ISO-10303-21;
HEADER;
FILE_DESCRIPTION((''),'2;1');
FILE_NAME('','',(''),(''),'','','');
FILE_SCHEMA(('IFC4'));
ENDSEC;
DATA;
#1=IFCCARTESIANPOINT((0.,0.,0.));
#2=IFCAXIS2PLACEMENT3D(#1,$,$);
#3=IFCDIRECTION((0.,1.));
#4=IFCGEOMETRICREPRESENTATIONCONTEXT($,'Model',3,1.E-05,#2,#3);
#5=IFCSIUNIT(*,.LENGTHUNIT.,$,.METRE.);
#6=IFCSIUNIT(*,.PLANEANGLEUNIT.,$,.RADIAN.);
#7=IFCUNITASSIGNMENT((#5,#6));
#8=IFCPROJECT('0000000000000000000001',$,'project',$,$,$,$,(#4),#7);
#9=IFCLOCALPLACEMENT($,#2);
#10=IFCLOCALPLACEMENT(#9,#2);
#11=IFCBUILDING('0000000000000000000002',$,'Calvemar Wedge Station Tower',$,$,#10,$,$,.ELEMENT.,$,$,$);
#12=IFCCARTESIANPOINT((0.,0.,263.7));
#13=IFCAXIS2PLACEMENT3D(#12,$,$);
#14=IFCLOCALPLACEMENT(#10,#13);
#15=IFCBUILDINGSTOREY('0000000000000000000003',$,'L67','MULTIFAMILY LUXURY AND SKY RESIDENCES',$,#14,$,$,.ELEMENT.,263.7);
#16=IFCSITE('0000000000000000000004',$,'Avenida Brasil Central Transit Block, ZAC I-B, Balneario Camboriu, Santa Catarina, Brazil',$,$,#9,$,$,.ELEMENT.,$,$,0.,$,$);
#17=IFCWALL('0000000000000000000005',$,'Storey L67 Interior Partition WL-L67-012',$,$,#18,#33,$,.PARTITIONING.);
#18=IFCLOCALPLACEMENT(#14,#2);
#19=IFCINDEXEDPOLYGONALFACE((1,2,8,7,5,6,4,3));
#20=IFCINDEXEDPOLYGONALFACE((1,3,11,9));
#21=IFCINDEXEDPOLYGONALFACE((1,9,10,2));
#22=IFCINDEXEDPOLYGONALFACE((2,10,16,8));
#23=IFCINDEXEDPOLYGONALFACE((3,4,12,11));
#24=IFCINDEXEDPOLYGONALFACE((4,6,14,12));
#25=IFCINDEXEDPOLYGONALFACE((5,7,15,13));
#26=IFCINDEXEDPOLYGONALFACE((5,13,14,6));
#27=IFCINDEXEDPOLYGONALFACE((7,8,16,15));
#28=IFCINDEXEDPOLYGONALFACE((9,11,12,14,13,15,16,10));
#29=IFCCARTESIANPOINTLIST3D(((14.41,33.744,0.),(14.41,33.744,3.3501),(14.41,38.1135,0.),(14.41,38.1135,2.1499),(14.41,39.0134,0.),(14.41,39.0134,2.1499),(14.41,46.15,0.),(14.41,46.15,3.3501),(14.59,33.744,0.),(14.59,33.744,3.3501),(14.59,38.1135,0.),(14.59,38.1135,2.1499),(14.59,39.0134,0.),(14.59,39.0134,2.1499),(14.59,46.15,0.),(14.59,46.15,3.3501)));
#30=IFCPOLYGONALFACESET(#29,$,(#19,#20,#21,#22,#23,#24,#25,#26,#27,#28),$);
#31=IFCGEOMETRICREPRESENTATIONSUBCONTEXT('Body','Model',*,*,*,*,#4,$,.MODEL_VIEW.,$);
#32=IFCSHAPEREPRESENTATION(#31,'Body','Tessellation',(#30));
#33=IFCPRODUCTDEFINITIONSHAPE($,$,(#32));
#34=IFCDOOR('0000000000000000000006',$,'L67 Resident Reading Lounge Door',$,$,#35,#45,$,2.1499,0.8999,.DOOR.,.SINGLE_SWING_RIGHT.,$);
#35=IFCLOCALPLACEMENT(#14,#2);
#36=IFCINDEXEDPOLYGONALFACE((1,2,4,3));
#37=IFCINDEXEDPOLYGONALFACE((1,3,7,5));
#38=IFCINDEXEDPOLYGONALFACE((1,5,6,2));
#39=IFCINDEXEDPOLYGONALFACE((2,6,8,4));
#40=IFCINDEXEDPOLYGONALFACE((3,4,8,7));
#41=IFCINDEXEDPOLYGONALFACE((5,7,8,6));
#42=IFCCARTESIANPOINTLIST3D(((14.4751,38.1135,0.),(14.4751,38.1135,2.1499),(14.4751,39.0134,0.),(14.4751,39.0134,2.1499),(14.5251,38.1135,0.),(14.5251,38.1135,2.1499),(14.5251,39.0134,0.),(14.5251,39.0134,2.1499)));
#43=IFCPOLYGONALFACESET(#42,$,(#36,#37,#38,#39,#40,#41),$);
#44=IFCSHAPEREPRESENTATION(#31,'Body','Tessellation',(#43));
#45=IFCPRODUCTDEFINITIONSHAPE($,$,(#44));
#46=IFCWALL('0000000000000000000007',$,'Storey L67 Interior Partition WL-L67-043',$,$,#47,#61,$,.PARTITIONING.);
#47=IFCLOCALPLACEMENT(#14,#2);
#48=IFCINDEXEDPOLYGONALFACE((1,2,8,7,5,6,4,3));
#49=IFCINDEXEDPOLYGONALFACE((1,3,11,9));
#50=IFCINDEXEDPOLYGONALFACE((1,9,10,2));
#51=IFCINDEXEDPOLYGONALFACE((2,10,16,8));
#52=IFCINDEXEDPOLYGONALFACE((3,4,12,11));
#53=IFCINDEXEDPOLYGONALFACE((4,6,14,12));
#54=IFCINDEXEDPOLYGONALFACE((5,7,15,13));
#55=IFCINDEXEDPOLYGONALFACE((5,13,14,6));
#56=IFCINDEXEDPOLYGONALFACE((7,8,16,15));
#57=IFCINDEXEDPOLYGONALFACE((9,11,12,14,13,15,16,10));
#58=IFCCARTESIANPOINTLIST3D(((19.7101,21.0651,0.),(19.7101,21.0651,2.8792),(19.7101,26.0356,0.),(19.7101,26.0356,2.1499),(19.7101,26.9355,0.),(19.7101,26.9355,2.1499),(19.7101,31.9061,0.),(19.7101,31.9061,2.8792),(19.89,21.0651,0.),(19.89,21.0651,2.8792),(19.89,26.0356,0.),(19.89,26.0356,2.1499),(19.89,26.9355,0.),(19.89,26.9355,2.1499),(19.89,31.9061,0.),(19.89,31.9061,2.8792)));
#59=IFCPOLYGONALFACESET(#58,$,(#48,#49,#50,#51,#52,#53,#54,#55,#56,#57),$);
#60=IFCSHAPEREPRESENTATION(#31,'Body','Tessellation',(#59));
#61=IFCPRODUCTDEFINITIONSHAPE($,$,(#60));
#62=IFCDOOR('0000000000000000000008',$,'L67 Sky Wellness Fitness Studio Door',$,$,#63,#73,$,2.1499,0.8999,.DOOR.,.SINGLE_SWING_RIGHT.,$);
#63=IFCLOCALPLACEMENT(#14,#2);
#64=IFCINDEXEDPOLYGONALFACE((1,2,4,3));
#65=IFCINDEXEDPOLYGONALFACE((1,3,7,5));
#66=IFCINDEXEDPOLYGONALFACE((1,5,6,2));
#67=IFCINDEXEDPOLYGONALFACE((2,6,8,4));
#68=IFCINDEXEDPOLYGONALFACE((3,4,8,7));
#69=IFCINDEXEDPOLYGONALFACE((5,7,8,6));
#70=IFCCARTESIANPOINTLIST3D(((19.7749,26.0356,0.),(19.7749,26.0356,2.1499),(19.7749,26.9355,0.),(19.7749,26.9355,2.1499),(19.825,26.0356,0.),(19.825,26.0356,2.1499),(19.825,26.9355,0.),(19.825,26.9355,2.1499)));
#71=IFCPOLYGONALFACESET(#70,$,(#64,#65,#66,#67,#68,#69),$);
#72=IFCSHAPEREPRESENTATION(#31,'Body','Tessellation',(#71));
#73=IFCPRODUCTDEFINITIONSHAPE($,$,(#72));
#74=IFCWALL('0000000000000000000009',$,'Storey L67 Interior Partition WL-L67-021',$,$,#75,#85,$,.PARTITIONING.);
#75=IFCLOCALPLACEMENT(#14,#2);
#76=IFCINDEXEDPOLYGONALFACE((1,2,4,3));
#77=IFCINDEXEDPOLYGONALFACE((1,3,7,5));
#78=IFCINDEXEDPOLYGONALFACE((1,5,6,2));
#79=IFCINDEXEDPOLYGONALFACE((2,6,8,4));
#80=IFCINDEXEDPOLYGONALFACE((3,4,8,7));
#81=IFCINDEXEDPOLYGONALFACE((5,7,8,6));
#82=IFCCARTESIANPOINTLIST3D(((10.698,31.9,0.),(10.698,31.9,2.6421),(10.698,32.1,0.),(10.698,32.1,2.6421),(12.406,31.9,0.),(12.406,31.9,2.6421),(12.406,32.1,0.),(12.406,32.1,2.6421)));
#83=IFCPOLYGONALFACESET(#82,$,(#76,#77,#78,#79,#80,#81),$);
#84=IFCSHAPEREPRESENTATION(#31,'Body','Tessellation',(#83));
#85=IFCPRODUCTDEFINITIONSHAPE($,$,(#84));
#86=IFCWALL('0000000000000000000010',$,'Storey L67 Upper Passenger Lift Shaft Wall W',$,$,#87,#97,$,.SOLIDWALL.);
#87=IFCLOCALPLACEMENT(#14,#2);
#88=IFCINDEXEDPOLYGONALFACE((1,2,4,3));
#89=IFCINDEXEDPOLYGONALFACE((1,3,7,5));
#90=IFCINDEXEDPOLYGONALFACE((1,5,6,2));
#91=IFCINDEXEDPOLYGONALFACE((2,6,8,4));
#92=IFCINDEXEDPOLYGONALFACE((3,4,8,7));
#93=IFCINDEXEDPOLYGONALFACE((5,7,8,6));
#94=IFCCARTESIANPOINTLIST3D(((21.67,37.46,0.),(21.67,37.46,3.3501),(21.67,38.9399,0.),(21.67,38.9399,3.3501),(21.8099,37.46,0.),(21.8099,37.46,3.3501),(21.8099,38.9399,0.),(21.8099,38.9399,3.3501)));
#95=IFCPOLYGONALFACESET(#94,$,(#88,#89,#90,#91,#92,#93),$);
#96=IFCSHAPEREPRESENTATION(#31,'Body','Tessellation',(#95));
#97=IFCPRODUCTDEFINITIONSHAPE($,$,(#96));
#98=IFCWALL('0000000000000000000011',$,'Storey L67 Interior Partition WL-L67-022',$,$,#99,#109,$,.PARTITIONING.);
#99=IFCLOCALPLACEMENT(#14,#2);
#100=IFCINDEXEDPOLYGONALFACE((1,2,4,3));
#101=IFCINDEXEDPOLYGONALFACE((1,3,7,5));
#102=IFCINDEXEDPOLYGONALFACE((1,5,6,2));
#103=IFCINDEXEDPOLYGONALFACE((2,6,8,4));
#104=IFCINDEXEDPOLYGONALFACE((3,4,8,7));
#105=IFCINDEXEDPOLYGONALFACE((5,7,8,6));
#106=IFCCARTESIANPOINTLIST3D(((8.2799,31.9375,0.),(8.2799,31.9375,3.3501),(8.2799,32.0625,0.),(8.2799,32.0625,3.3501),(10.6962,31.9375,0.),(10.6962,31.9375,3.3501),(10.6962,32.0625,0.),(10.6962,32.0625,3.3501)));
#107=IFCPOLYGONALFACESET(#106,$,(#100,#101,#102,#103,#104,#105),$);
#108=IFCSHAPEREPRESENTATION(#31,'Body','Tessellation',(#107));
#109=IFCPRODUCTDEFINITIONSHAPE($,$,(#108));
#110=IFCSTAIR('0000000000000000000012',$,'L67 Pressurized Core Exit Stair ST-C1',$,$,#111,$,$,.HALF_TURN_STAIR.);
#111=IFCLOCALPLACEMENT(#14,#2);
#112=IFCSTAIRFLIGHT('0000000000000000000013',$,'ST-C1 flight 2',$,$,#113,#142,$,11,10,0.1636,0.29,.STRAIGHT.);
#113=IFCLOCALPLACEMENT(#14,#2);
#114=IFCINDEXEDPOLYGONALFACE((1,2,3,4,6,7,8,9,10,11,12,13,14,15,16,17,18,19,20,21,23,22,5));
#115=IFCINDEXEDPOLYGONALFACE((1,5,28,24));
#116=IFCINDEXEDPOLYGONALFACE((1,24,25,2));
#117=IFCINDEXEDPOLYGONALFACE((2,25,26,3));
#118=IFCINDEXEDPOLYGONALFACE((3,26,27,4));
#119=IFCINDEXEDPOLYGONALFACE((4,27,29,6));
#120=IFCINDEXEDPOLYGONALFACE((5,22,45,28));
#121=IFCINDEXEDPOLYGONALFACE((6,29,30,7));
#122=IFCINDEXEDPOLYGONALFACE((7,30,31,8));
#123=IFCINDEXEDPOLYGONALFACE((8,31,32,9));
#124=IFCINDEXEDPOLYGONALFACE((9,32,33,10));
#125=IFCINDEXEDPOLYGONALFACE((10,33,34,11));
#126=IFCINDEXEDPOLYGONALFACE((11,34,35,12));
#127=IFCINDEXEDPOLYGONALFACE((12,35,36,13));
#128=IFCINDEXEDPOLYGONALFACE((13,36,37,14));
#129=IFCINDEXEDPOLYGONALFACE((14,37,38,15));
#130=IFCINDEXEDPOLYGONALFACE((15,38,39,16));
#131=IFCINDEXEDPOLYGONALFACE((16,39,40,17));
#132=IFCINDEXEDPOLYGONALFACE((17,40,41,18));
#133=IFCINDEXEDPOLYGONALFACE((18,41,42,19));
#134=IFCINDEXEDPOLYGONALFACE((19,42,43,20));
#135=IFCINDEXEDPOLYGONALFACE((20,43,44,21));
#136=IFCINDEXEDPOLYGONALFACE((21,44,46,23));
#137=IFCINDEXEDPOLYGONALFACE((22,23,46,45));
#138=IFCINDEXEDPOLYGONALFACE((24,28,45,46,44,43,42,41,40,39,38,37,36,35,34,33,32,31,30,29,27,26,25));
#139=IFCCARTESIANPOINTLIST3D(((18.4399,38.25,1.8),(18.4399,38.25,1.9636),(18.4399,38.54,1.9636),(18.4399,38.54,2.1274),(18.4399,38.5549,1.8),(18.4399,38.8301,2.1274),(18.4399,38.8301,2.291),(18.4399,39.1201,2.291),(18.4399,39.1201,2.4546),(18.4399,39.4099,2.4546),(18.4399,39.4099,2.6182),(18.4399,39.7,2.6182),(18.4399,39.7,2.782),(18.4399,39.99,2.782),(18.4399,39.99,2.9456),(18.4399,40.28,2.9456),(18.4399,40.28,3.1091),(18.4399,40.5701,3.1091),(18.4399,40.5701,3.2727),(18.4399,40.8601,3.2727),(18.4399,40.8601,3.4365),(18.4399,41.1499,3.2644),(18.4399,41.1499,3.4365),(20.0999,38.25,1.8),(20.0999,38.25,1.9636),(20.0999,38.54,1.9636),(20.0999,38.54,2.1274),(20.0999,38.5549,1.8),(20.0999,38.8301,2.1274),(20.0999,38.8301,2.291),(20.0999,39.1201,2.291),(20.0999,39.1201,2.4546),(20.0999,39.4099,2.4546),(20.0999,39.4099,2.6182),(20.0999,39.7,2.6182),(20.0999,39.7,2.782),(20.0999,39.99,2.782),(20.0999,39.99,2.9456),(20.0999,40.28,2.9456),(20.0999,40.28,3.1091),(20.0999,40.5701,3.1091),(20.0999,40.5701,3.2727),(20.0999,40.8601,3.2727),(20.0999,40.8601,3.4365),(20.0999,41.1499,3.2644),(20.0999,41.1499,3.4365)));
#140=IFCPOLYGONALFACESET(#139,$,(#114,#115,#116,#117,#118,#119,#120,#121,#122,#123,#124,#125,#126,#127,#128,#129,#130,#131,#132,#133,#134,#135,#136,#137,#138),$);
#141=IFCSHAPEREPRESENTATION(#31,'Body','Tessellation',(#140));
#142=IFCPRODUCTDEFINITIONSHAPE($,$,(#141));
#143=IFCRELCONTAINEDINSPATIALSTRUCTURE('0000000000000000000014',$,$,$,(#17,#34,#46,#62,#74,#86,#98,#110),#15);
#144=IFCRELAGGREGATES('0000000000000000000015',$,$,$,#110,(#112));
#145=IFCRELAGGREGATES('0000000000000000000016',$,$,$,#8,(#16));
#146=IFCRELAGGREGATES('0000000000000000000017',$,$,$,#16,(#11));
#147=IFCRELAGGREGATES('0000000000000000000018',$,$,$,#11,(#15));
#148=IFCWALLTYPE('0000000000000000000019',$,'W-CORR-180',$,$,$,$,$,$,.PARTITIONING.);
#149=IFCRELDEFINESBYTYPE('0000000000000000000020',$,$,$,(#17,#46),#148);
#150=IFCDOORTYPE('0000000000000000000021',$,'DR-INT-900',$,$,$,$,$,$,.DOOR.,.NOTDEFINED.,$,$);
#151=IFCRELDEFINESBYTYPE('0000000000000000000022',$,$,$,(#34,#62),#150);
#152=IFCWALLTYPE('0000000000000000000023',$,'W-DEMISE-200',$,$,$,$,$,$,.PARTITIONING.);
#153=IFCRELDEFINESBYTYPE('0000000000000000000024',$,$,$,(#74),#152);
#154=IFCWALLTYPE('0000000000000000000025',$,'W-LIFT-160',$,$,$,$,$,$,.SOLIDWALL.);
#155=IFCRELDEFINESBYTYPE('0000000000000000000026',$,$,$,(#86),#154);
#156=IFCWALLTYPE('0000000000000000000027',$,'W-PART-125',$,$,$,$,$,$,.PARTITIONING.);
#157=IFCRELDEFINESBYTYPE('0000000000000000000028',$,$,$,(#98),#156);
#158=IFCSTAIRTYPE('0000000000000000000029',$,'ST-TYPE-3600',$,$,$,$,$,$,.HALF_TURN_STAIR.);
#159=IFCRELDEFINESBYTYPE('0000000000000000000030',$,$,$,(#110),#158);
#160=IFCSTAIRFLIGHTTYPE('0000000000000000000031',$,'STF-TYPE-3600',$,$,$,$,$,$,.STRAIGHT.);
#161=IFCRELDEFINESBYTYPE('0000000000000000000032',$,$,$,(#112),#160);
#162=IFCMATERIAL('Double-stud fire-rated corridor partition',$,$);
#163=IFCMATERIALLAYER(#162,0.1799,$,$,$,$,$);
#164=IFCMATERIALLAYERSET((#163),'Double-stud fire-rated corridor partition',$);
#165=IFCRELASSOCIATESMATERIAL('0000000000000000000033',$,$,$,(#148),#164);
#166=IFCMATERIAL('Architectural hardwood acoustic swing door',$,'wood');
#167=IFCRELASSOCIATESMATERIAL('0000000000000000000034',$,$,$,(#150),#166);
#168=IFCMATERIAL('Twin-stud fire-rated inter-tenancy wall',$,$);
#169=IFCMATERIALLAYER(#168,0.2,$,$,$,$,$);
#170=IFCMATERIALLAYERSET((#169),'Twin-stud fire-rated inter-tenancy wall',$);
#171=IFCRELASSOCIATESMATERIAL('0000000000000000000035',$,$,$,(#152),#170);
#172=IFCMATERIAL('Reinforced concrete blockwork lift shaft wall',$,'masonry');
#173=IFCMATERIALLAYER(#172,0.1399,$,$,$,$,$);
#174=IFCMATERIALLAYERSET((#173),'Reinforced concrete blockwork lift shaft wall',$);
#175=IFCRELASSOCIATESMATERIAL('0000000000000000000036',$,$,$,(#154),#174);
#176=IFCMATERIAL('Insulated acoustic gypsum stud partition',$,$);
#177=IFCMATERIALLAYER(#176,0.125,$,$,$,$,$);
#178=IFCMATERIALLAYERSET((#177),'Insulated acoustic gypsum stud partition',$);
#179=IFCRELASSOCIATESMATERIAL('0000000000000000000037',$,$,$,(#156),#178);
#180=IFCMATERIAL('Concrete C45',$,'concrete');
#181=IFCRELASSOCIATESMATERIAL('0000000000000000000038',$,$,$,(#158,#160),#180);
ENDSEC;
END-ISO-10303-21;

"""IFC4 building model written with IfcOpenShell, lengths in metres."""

from ifc_helpers import new_model, si_unit, direction, frame, frame_2d, origin, place, context, subcontext, project, spatial, polyline, rectangle, outline, extrude, source, transform, mapped, material, layer, layer_set, type_object, element, fill, aggregate, save


model = new_model("IFC4")

# Units and contexts
model_context = context("Model", 3, precision=1e-05, world=origin(), true_north=direction((0.0, 1.0)))
body_context = subcontext(model_context, "Body", "Model", "MODEL_VIEW")
ifc_project = project(units=[si_unit("LENGTHUNIT", "METRE"), si_unit("PLANEANGLEUNIT", "RADIAN")], contexts=[model_context])

# Site, building, storey
site_placement = place(None, origin())
site = spatial("IfcSite", under=ifc_project, at=site_placement, Name="Avenida Brasil Central Transit Block, ZAC I-B, Balneario Camboriu, Santa Catarina, Brazil", CompositionType="ELEMENT", RefElevation=0.0)
building_placement = place(site_placement, origin())
building = spatial("IfcBuilding", under=site, at=building_placement, Name="Calvemar Wedge Station Tower", CompositionType="ELEMENT")
storey_placement = place(building_placement, frame((0.0, 0.0, 263.7)))
storey = spatial("IfcBuildingStorey", under=building, at=storey_placement, Name="L67", Description="MULTIFAMILY LUXURY AND SKY RESIDENCES", CompositionType="ELEMENT", Elevation=263.7)

# Shared definitions
ifc_material_1 = material(Name="Double-stud fire-rated corridor partition")
ifc_layer_1 = layer(ifc_material_1, 0.1799)
ifc_layer_set_1 = layer_set([ifc_layer_1], Name="Double-stud fire-rated corridor partition")
wall_type_1 = type_object("IfcWallType", Name="W-CORR-180", PredefinedType="PARTITIONING", material=ifc_layer_set_1)

# Shared definitions
shared_shape_1 = source(origin(), body_context, "Body", "SweptSolid", [
    extrude(rectangle(XDim=0.8999, YDim=2.1499, at=frame_2d((0.45, 1.075))), frame((0.0, 0.1001, 0.0), z_axis=(0.0, -1.0, 0.0), x_axis=(1.0, 0.0, 0.0)), (0.0, 0.0, 1.0), 0.2),
])

# Walls, openings, doors
wall_1_placement = place(storey_placement, frame((14.5, 33.7439, 0.0), z_axis=(0.0, 0.0, 1.0), x_axis=(0.0, 1.0, 0.0)))
wall_1 = element("IfcWall", 1, at=wall_1_placement, inside=storey, type_object=wall_type_1, Name="Storey L67 Interior Partition WL-L67-012", PredefinedType="PARTITIONING", context=body_context, shape_type="SweptSolid", body=[
    extrude(rectangle(XDim=12.406, YDim=0.1799, at=frame_2d((6.2031, 0.0))), origin(), (0.0, 0.0, 1.0), 3.3501),
])
opening_1_placement = place(wall_1_placement, frame((4.3696, 0.0, 0.0)))
opening_1 = element("IfcOpeningElement", 2, at=opening_1_placement, cuts=wall_1, PredefinedType="OPENING", context=body_context, shape_type="MappedRepresentation", body=[
    mapped(shared_shape_1, transform((0.0, 0.0, 0.0), scale=1.0)),
])
ifc_material_2 = material(Name="Architectural hardwood acoustic swing door", Category="wood")
door_type_1 = type_object("IfcDoorType", Name="DR-INT-900", OperationType="NOTDEFINED", PredefinedType="DOOR", material=ifc_material_2)
shared_shape_2 = source(origin(), body_context, "Body", "SweptSolid", [
    extrude(rectangle(XDim=0.8999, YDim=2.1499, at=frame_2d((0.45, 1.075))), frame((0.0, 0.0249, 0.0), z_axis=(0.0, -1.0, 0.0), x_axis=(1.0, 0.0, 0.0)), (0.0, 0.0, 1.0), 0.05),
])
door_1_placement = place(opening_1_placement, origin())
door_1 = element("IfcDoor", 3, at=door_1_placement, inside=storey, type_object=door_type_1, Name="L67 Resident Reading Lounge Door", OperationType="SINGLE_SWING_RIGHT", OverallHeight=2.1499, OverallWidth=0.8999, PredefinedType="DOOR", context=body_context, shape_type="MappedRepresentation", body=[
    mapped(shared_shape_2, transform((0.0, 0.0, 0.0), scale=1.0)),
])
fill(opening_1, door_1)
wall_2_placement = place(storey_placement, frame((19.8, 31.906, 0.0), z_axis=(0.0, 0.0, 1.0), x_axis=(0.0, -1.0, 0.0)))
wall_2 = element("IfcWall", 4, at=wall_2_placement, inside=storey, type_object=wall_type_1, Name="Storey L67 Interior Partition WL-L67-043", PredefinedType="PARTITIONING", context=body_context, shape_type="SweptSolid", body=[
    extrude(rectangle(XDim=10.8411, YDim=0.1799, at=frame_2d((5.4204, 0.0))), origin(), (0.0, 0.0, 1.0), 2.8792),
])
opening_2_placement = place(wall_2_placement, frame((4.9705, 0.0, 0.0)))
opening_2 = element("IfcOpeningElement", 5, at=opening_2_placement, cuts=wall_2, PredefinedType="OPENING", context=body_context, shape_type="MappedRepresentation", body=[
    mapped(shared_shape_1, transform((0.0, 0.0, 0.0), scale=1.0)),
])
door_2_placement = place(opening_2_placement, origin())
door_2 = element("IfcDoor", 6, at=door_2_placement, inside=storey, type_object=door_type_1, Name="L67 Sky Wellness Fitness Studio Door", OperationType="SINGLE_SWING_RIGHT", OverallHeight=2.1499, OverallWidth=0.8999, PredefinedType="DOOR", context=body_context, shape_type="MappedRepresentation", body=[
    mapped(shared_shape_2, transform((0.0, 0.0, 0.0), scale=1.0)),
])
fill(opening_2, door_2)

# Wall
ifc_material_3 = material(Name="Twin-stud fire-rated inter-tenancy wall")
ifc_layer_2 = layer(ifc_material_3, 0.2)
ifc_layer_set_2 = layer_set([ifc_layer_2], Name="Twin-stud fire-rated inter-tenancy wall")
wall_type_2 = type_object("IfcWallType", Name="W-DEMISE-200", PredefinedType="PARTITIONING", material=ifc_layer_set_2)
wall_3_placement = place(storey_placement, frame((12.406, 32.0, 0.0), z_axis=(0.0, 0.0, 1.0), x_axis=(-1.0, 0.0, 0.0)))
element("IfcWall", 7, at=wall_3_placement, inside=storey, type_object=wall_type_2, Name="Storey L67 Interior Partition WL-L67-021", PredefinedType="PARTITIONING", context=body_context, shape_type="SweptSolid", body=[
    extrude(rectangle(XDim=1.708, YDim=0.2, at=frame_2d((0.854, 0.0))), origin(), (0.0, 0.0, 1.0), 2.6421),
])

# Shared definitions
ifc_material_4 = material(Name="Reinforced concrete blockwork lift shaft wall", Category="masonry")
ifc_layer_3 = layer(ifc_material_4, 0.1399)
ifc_layer_set_3 = layer_set([ifc_layer_3], Name="Reinforced concrete blockwork lift shaft wall")
wall_type_3 = type_object("IfcWallType", Name="W-LIFT-160", PredefinedType="SOLIDWALL", material=ifc_layer_set_3)

# Walls
wall_4_placement = place(storey_placement, frame((21.74, 37.46, 0.0), z_axis=(0.0, 0.0, 1.0), x_axis=(0.0, 1.0, 0.0)))
element("IfcWall", 8, at=wall_4_placement, inside=storey, type_object=wall_type_3, Name="Storey L67 Upper Passenger Lift Shaft Wall W", PredefinedType="SOLIDWALL", context=body_context, shape_type="SweptSolid", body=[
    extrude(rectangle(XDim=1.48, YDim=0.1399, at=frame_2d((0.74, 0.0))), origin(), (0.0, 0.0, 1.0), 3.3501),
])
ifc_material_5 = material(Name="Insulated acoustic gypsum stud partition")
ifc_layer_4 = layer(ifc_material_5, 0.125)
ifc_layer_set_4 = layer_set([ifc_layer_4], Name="Insulated acoustic gypsum stud partition")
wall_type_4 = type_object("IfcWallType", Name="W-PART-125", PredefinedType="PARTITIONING", material=ifc_layer_set_4)
wall_5_placement = place(storey_placement, frame((10.696, 32.0, 0.0), z_axis=(0.0, 0.0, 1.0), x_axis=(-1.0, 0.0, 0.0)))
element("IfcWall", 9, at=wall_5_placement, inside=storey, type_object=wall_type_4, Name="Storey L67 Interior Partition WL-L67-022", PredefinedType="PARTITIONING", context=body_context, shape_type="SweptSolid", body=[
    extrude(rectangle(XDim=2.4163, YDim=0.125, at=frame_2d((1.208, 0.0))), origin(), (0.0, 0.0, 1.0), 3.3501),
])

# Stair, stair flight
ifc_material_6 = material(Name="Concrete C45", Category="concrete")
stair_type = type_object("IfcStairType", Name="ST-TYPE-3600", PredefinedType="HALF_TURN_STAIR", material=ifc_material_6)
stair_placement = place(storey_placement, origin())
stair = element("IfcStair", 10, at=stair_placement, inside=storey, type_object=stair_type, Name="L67 Pressurized Core Exit Stair ST-C1", PredefinedType="HALF_TURN_STAIR")
stair_flight_type = type_object("IfcStairFlightType", Name="STF-TYPE-3600", PredefinedType="STRAIGHT", material=ifc_material_6)
stair_flight_placement = place(storey_placement, frame((19.27, 38.25, 1.8), z_axis=(0.0, 0.0, 1.0), x_axis=(0.0, 1.0, 0.0)))
stair_flight = element("IfcStairFlight", 11, at=stair_flight_placement, type_object=stair_flight_type, Name="ST-C1 flight 2", NumberOfRisers=11, NumberOfTreads=10, PredefinedType="STRAIGHT", RiserHeight=0.1636, TreadLength=0.29, context=body_context, shape_type="SweptSolid", body=[
    extrude(outline(polyline([(0.0, 0.0), (0.0, 0.1636), (0.29, 0.1636), (0.29, 0.3274), (0.5801, 0.3274), (0.5801, 0.491), (0.8701, 0.491), (0.8701, 0.6545), (1.1599, 0.6545), (1.1599, 0.8181), (1.45, 0.8181), (1.45, 0.9819), (1.74, 0.9819), (1.74, 1.1455), (2.03, 1.1455), (2.03, 1.3091), (2.3201, 1.3091), (2.3201, 1.4727), (2.6101, 1.4727), (2.6101, 1.6365), (2.8999, 1.6365), (2.8999, 1.8), (2.8999, 1.4644), (0.3049, 0.0), (0.0, 0.0)])), frame((0.0, 0.8301, 0.0), z_axis=(0.0, -1.0, 0.0), x_axis=(1.0, 0.0, 0.0)), (0.0, 0.0, 1.0), 1.6599),
])
aggregate(stair, [stair_flight])

save(model, "model.ifc")
